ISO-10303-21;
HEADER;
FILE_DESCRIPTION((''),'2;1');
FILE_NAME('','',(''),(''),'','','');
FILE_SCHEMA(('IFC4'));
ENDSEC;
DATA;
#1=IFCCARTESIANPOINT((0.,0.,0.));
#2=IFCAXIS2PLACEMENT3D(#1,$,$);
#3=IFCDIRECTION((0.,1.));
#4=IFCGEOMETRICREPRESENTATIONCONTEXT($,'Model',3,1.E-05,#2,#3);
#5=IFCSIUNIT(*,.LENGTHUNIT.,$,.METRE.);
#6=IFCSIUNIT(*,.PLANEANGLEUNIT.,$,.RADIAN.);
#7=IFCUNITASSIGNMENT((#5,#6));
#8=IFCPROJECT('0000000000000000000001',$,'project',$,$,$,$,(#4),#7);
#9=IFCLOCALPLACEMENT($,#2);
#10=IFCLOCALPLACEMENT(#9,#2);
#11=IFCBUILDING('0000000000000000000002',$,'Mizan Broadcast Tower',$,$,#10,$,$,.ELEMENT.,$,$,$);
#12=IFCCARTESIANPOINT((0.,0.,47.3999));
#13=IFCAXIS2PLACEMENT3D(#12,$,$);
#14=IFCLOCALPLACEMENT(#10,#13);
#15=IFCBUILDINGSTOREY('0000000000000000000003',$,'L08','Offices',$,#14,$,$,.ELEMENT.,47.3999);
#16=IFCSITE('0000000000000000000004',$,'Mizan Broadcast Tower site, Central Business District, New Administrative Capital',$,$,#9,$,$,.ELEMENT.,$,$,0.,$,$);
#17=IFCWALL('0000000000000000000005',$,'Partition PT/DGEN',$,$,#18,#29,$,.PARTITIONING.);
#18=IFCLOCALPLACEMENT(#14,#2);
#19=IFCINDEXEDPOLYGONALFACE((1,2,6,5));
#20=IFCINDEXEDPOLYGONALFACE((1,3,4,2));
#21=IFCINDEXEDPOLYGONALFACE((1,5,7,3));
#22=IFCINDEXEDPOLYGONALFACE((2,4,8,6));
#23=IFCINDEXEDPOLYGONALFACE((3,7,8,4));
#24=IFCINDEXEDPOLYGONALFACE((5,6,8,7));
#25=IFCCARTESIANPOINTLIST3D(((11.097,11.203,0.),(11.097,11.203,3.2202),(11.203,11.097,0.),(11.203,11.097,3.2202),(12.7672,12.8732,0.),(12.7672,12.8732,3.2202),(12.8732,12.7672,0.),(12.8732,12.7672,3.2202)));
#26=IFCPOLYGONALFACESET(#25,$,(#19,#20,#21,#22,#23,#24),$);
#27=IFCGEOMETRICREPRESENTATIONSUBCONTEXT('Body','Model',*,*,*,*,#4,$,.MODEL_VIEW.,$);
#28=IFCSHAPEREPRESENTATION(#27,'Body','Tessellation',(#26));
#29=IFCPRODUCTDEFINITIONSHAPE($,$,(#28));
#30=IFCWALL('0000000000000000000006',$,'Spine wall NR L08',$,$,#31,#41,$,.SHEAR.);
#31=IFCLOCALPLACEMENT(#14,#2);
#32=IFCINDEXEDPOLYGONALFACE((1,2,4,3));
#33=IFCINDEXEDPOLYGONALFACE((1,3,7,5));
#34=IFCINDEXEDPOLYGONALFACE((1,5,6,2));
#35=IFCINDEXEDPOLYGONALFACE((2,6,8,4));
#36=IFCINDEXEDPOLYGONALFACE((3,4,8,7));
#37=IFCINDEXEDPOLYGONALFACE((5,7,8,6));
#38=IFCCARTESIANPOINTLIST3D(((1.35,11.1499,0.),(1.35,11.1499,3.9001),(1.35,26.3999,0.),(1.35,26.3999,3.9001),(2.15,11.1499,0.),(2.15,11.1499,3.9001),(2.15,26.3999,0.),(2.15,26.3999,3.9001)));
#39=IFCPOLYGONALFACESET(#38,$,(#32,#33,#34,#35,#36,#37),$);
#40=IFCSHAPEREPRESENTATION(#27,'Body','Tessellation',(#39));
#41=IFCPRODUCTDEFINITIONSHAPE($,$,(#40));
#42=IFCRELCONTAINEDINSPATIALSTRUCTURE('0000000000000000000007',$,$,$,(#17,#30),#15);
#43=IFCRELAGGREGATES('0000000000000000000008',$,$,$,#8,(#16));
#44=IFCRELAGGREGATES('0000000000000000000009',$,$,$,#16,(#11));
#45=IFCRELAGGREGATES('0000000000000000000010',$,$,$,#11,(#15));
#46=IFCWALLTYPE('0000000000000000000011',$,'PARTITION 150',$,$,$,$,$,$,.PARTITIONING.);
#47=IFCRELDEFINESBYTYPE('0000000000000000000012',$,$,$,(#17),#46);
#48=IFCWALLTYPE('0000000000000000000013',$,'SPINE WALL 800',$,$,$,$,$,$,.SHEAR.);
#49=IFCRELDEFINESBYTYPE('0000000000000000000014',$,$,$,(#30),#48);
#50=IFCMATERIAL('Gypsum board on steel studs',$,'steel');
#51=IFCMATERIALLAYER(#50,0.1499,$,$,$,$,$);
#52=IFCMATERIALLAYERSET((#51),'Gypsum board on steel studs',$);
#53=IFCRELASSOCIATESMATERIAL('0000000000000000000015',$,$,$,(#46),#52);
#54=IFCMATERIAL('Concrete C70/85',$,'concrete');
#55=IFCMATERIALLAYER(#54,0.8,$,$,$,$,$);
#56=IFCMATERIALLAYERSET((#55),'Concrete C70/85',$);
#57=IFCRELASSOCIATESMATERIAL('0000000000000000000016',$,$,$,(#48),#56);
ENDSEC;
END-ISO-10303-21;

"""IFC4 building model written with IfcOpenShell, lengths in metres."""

from ifc_helpers import new_model, si_unit, direction, frame, frame_2d, origin, place, context, subcontext, project, spatial, rectangle, extrude, material, layer, layer_set, type_object, element, save


model = new_model("IFC4")

# Units and contexts
model_context = context("Model", 3, precision=1e-05, world=origin(), true_north=direction((0.0, 1.0)))
body_context = subcontext(model_context, "Body", "Model", "MODEL_VIEW")
ifc_project = project(units=[si_unit("LENGTHUNIT", "METRE"), si_unit("PLANEANGLEUNIT", "RADIAN")], contexts=[model_context])

# Site, building, storey
site_placement = place(None, origin())
site = spatial("IfcSite", under=ifc_project, at=site_placement, Name="Mizan Broadcast Tower site, Central Business District, New Administrative Capital", CompositionType="ELEMENT", RefElevation=0.0)
building_placement = place(site_placement, origin())
building = spatial("IfcBuilding", under=site, at=building_placement, Name="Mizan Broadcast Tower", CompositionType="ELEMENT")
storey_placement = place(building_placement, frame((0.0, 0.0, 47.3999)))
storey = spatial("IfcBuildingStorey", under=building, at=storey_placement, Name="L08", Description="Offices", CompositionType="ELEMENT", Elevation=47.3999)

# Walls
ifc_material_1 = material(Name="Gypsum board on steel studs", Category="steel")
ifc_layer_1 = layer(ifc_material_1, 0.1499)
ifc_layer_set_1 = layer_set([ifc_layer_1], Name="Gypsum board on steel studs")
wall_type_1 = type_object("IfcWallType", Name="PARTITION 150", PredefinedType="PARTITIONING", material=ifc_layer_set_1)
wall_1_placement = place(storey_placement, frame((11.1499, 11.1499, 0.0), z_axis=(0.0, 0.0, 1.0), x_axis=(0.707107, 0.707107, 0.0)))
element("IfcWall", 1, at=wall_1_placement, inside=storey, type_object=wall_type_1, Name="Partition PT/DGEN", PredefinedType="PARTITIONING", context=body_context, shape_type="SweptSolid", body=[
    extrude(rectangle(XDim=2.3621, YDim=0.1499, at=frame_2d((1.1812, 0.0))), origin(), (0.0, 0.0, 1.0), 3.2202),
])
ifc_material_2 = material(Name="Concrete C70/85", Category="concrete")
ifc_layer_2 = layer(ifc_material_2, 0.8)
ifc_layer_set_2 = layer_set([ifc_layer_2], Name="Concrete C70/85")
wall_type_2 = type_object("IfcWallType", Name="SPINE WALL 800", PredefinedType="SHEAR", material=ifc_layer_set_2)
wall_2_placement = place(storey_placement, frame((1.75, 11.1499, 0.0), z_axis=(0.0, 0.0, 1.0), x_axis=(0.0, 1.0, 0.0)))
element("IfcWall", 2, at=wall_2_placement, inside=storey, type_object=wall_type_2, Name="Spine wall NR L08", PredefinedType="SHEAR", context=body_context, shape_type="SweptSolid", body=[
    extrude(rectangle(XDim=15.25, YDim=0.8, at=frame_2d((7.625, 0.0))), origin(), (0.0, 0.0, 1.0), 3.9001),
])

save(model, "model.ifc")
